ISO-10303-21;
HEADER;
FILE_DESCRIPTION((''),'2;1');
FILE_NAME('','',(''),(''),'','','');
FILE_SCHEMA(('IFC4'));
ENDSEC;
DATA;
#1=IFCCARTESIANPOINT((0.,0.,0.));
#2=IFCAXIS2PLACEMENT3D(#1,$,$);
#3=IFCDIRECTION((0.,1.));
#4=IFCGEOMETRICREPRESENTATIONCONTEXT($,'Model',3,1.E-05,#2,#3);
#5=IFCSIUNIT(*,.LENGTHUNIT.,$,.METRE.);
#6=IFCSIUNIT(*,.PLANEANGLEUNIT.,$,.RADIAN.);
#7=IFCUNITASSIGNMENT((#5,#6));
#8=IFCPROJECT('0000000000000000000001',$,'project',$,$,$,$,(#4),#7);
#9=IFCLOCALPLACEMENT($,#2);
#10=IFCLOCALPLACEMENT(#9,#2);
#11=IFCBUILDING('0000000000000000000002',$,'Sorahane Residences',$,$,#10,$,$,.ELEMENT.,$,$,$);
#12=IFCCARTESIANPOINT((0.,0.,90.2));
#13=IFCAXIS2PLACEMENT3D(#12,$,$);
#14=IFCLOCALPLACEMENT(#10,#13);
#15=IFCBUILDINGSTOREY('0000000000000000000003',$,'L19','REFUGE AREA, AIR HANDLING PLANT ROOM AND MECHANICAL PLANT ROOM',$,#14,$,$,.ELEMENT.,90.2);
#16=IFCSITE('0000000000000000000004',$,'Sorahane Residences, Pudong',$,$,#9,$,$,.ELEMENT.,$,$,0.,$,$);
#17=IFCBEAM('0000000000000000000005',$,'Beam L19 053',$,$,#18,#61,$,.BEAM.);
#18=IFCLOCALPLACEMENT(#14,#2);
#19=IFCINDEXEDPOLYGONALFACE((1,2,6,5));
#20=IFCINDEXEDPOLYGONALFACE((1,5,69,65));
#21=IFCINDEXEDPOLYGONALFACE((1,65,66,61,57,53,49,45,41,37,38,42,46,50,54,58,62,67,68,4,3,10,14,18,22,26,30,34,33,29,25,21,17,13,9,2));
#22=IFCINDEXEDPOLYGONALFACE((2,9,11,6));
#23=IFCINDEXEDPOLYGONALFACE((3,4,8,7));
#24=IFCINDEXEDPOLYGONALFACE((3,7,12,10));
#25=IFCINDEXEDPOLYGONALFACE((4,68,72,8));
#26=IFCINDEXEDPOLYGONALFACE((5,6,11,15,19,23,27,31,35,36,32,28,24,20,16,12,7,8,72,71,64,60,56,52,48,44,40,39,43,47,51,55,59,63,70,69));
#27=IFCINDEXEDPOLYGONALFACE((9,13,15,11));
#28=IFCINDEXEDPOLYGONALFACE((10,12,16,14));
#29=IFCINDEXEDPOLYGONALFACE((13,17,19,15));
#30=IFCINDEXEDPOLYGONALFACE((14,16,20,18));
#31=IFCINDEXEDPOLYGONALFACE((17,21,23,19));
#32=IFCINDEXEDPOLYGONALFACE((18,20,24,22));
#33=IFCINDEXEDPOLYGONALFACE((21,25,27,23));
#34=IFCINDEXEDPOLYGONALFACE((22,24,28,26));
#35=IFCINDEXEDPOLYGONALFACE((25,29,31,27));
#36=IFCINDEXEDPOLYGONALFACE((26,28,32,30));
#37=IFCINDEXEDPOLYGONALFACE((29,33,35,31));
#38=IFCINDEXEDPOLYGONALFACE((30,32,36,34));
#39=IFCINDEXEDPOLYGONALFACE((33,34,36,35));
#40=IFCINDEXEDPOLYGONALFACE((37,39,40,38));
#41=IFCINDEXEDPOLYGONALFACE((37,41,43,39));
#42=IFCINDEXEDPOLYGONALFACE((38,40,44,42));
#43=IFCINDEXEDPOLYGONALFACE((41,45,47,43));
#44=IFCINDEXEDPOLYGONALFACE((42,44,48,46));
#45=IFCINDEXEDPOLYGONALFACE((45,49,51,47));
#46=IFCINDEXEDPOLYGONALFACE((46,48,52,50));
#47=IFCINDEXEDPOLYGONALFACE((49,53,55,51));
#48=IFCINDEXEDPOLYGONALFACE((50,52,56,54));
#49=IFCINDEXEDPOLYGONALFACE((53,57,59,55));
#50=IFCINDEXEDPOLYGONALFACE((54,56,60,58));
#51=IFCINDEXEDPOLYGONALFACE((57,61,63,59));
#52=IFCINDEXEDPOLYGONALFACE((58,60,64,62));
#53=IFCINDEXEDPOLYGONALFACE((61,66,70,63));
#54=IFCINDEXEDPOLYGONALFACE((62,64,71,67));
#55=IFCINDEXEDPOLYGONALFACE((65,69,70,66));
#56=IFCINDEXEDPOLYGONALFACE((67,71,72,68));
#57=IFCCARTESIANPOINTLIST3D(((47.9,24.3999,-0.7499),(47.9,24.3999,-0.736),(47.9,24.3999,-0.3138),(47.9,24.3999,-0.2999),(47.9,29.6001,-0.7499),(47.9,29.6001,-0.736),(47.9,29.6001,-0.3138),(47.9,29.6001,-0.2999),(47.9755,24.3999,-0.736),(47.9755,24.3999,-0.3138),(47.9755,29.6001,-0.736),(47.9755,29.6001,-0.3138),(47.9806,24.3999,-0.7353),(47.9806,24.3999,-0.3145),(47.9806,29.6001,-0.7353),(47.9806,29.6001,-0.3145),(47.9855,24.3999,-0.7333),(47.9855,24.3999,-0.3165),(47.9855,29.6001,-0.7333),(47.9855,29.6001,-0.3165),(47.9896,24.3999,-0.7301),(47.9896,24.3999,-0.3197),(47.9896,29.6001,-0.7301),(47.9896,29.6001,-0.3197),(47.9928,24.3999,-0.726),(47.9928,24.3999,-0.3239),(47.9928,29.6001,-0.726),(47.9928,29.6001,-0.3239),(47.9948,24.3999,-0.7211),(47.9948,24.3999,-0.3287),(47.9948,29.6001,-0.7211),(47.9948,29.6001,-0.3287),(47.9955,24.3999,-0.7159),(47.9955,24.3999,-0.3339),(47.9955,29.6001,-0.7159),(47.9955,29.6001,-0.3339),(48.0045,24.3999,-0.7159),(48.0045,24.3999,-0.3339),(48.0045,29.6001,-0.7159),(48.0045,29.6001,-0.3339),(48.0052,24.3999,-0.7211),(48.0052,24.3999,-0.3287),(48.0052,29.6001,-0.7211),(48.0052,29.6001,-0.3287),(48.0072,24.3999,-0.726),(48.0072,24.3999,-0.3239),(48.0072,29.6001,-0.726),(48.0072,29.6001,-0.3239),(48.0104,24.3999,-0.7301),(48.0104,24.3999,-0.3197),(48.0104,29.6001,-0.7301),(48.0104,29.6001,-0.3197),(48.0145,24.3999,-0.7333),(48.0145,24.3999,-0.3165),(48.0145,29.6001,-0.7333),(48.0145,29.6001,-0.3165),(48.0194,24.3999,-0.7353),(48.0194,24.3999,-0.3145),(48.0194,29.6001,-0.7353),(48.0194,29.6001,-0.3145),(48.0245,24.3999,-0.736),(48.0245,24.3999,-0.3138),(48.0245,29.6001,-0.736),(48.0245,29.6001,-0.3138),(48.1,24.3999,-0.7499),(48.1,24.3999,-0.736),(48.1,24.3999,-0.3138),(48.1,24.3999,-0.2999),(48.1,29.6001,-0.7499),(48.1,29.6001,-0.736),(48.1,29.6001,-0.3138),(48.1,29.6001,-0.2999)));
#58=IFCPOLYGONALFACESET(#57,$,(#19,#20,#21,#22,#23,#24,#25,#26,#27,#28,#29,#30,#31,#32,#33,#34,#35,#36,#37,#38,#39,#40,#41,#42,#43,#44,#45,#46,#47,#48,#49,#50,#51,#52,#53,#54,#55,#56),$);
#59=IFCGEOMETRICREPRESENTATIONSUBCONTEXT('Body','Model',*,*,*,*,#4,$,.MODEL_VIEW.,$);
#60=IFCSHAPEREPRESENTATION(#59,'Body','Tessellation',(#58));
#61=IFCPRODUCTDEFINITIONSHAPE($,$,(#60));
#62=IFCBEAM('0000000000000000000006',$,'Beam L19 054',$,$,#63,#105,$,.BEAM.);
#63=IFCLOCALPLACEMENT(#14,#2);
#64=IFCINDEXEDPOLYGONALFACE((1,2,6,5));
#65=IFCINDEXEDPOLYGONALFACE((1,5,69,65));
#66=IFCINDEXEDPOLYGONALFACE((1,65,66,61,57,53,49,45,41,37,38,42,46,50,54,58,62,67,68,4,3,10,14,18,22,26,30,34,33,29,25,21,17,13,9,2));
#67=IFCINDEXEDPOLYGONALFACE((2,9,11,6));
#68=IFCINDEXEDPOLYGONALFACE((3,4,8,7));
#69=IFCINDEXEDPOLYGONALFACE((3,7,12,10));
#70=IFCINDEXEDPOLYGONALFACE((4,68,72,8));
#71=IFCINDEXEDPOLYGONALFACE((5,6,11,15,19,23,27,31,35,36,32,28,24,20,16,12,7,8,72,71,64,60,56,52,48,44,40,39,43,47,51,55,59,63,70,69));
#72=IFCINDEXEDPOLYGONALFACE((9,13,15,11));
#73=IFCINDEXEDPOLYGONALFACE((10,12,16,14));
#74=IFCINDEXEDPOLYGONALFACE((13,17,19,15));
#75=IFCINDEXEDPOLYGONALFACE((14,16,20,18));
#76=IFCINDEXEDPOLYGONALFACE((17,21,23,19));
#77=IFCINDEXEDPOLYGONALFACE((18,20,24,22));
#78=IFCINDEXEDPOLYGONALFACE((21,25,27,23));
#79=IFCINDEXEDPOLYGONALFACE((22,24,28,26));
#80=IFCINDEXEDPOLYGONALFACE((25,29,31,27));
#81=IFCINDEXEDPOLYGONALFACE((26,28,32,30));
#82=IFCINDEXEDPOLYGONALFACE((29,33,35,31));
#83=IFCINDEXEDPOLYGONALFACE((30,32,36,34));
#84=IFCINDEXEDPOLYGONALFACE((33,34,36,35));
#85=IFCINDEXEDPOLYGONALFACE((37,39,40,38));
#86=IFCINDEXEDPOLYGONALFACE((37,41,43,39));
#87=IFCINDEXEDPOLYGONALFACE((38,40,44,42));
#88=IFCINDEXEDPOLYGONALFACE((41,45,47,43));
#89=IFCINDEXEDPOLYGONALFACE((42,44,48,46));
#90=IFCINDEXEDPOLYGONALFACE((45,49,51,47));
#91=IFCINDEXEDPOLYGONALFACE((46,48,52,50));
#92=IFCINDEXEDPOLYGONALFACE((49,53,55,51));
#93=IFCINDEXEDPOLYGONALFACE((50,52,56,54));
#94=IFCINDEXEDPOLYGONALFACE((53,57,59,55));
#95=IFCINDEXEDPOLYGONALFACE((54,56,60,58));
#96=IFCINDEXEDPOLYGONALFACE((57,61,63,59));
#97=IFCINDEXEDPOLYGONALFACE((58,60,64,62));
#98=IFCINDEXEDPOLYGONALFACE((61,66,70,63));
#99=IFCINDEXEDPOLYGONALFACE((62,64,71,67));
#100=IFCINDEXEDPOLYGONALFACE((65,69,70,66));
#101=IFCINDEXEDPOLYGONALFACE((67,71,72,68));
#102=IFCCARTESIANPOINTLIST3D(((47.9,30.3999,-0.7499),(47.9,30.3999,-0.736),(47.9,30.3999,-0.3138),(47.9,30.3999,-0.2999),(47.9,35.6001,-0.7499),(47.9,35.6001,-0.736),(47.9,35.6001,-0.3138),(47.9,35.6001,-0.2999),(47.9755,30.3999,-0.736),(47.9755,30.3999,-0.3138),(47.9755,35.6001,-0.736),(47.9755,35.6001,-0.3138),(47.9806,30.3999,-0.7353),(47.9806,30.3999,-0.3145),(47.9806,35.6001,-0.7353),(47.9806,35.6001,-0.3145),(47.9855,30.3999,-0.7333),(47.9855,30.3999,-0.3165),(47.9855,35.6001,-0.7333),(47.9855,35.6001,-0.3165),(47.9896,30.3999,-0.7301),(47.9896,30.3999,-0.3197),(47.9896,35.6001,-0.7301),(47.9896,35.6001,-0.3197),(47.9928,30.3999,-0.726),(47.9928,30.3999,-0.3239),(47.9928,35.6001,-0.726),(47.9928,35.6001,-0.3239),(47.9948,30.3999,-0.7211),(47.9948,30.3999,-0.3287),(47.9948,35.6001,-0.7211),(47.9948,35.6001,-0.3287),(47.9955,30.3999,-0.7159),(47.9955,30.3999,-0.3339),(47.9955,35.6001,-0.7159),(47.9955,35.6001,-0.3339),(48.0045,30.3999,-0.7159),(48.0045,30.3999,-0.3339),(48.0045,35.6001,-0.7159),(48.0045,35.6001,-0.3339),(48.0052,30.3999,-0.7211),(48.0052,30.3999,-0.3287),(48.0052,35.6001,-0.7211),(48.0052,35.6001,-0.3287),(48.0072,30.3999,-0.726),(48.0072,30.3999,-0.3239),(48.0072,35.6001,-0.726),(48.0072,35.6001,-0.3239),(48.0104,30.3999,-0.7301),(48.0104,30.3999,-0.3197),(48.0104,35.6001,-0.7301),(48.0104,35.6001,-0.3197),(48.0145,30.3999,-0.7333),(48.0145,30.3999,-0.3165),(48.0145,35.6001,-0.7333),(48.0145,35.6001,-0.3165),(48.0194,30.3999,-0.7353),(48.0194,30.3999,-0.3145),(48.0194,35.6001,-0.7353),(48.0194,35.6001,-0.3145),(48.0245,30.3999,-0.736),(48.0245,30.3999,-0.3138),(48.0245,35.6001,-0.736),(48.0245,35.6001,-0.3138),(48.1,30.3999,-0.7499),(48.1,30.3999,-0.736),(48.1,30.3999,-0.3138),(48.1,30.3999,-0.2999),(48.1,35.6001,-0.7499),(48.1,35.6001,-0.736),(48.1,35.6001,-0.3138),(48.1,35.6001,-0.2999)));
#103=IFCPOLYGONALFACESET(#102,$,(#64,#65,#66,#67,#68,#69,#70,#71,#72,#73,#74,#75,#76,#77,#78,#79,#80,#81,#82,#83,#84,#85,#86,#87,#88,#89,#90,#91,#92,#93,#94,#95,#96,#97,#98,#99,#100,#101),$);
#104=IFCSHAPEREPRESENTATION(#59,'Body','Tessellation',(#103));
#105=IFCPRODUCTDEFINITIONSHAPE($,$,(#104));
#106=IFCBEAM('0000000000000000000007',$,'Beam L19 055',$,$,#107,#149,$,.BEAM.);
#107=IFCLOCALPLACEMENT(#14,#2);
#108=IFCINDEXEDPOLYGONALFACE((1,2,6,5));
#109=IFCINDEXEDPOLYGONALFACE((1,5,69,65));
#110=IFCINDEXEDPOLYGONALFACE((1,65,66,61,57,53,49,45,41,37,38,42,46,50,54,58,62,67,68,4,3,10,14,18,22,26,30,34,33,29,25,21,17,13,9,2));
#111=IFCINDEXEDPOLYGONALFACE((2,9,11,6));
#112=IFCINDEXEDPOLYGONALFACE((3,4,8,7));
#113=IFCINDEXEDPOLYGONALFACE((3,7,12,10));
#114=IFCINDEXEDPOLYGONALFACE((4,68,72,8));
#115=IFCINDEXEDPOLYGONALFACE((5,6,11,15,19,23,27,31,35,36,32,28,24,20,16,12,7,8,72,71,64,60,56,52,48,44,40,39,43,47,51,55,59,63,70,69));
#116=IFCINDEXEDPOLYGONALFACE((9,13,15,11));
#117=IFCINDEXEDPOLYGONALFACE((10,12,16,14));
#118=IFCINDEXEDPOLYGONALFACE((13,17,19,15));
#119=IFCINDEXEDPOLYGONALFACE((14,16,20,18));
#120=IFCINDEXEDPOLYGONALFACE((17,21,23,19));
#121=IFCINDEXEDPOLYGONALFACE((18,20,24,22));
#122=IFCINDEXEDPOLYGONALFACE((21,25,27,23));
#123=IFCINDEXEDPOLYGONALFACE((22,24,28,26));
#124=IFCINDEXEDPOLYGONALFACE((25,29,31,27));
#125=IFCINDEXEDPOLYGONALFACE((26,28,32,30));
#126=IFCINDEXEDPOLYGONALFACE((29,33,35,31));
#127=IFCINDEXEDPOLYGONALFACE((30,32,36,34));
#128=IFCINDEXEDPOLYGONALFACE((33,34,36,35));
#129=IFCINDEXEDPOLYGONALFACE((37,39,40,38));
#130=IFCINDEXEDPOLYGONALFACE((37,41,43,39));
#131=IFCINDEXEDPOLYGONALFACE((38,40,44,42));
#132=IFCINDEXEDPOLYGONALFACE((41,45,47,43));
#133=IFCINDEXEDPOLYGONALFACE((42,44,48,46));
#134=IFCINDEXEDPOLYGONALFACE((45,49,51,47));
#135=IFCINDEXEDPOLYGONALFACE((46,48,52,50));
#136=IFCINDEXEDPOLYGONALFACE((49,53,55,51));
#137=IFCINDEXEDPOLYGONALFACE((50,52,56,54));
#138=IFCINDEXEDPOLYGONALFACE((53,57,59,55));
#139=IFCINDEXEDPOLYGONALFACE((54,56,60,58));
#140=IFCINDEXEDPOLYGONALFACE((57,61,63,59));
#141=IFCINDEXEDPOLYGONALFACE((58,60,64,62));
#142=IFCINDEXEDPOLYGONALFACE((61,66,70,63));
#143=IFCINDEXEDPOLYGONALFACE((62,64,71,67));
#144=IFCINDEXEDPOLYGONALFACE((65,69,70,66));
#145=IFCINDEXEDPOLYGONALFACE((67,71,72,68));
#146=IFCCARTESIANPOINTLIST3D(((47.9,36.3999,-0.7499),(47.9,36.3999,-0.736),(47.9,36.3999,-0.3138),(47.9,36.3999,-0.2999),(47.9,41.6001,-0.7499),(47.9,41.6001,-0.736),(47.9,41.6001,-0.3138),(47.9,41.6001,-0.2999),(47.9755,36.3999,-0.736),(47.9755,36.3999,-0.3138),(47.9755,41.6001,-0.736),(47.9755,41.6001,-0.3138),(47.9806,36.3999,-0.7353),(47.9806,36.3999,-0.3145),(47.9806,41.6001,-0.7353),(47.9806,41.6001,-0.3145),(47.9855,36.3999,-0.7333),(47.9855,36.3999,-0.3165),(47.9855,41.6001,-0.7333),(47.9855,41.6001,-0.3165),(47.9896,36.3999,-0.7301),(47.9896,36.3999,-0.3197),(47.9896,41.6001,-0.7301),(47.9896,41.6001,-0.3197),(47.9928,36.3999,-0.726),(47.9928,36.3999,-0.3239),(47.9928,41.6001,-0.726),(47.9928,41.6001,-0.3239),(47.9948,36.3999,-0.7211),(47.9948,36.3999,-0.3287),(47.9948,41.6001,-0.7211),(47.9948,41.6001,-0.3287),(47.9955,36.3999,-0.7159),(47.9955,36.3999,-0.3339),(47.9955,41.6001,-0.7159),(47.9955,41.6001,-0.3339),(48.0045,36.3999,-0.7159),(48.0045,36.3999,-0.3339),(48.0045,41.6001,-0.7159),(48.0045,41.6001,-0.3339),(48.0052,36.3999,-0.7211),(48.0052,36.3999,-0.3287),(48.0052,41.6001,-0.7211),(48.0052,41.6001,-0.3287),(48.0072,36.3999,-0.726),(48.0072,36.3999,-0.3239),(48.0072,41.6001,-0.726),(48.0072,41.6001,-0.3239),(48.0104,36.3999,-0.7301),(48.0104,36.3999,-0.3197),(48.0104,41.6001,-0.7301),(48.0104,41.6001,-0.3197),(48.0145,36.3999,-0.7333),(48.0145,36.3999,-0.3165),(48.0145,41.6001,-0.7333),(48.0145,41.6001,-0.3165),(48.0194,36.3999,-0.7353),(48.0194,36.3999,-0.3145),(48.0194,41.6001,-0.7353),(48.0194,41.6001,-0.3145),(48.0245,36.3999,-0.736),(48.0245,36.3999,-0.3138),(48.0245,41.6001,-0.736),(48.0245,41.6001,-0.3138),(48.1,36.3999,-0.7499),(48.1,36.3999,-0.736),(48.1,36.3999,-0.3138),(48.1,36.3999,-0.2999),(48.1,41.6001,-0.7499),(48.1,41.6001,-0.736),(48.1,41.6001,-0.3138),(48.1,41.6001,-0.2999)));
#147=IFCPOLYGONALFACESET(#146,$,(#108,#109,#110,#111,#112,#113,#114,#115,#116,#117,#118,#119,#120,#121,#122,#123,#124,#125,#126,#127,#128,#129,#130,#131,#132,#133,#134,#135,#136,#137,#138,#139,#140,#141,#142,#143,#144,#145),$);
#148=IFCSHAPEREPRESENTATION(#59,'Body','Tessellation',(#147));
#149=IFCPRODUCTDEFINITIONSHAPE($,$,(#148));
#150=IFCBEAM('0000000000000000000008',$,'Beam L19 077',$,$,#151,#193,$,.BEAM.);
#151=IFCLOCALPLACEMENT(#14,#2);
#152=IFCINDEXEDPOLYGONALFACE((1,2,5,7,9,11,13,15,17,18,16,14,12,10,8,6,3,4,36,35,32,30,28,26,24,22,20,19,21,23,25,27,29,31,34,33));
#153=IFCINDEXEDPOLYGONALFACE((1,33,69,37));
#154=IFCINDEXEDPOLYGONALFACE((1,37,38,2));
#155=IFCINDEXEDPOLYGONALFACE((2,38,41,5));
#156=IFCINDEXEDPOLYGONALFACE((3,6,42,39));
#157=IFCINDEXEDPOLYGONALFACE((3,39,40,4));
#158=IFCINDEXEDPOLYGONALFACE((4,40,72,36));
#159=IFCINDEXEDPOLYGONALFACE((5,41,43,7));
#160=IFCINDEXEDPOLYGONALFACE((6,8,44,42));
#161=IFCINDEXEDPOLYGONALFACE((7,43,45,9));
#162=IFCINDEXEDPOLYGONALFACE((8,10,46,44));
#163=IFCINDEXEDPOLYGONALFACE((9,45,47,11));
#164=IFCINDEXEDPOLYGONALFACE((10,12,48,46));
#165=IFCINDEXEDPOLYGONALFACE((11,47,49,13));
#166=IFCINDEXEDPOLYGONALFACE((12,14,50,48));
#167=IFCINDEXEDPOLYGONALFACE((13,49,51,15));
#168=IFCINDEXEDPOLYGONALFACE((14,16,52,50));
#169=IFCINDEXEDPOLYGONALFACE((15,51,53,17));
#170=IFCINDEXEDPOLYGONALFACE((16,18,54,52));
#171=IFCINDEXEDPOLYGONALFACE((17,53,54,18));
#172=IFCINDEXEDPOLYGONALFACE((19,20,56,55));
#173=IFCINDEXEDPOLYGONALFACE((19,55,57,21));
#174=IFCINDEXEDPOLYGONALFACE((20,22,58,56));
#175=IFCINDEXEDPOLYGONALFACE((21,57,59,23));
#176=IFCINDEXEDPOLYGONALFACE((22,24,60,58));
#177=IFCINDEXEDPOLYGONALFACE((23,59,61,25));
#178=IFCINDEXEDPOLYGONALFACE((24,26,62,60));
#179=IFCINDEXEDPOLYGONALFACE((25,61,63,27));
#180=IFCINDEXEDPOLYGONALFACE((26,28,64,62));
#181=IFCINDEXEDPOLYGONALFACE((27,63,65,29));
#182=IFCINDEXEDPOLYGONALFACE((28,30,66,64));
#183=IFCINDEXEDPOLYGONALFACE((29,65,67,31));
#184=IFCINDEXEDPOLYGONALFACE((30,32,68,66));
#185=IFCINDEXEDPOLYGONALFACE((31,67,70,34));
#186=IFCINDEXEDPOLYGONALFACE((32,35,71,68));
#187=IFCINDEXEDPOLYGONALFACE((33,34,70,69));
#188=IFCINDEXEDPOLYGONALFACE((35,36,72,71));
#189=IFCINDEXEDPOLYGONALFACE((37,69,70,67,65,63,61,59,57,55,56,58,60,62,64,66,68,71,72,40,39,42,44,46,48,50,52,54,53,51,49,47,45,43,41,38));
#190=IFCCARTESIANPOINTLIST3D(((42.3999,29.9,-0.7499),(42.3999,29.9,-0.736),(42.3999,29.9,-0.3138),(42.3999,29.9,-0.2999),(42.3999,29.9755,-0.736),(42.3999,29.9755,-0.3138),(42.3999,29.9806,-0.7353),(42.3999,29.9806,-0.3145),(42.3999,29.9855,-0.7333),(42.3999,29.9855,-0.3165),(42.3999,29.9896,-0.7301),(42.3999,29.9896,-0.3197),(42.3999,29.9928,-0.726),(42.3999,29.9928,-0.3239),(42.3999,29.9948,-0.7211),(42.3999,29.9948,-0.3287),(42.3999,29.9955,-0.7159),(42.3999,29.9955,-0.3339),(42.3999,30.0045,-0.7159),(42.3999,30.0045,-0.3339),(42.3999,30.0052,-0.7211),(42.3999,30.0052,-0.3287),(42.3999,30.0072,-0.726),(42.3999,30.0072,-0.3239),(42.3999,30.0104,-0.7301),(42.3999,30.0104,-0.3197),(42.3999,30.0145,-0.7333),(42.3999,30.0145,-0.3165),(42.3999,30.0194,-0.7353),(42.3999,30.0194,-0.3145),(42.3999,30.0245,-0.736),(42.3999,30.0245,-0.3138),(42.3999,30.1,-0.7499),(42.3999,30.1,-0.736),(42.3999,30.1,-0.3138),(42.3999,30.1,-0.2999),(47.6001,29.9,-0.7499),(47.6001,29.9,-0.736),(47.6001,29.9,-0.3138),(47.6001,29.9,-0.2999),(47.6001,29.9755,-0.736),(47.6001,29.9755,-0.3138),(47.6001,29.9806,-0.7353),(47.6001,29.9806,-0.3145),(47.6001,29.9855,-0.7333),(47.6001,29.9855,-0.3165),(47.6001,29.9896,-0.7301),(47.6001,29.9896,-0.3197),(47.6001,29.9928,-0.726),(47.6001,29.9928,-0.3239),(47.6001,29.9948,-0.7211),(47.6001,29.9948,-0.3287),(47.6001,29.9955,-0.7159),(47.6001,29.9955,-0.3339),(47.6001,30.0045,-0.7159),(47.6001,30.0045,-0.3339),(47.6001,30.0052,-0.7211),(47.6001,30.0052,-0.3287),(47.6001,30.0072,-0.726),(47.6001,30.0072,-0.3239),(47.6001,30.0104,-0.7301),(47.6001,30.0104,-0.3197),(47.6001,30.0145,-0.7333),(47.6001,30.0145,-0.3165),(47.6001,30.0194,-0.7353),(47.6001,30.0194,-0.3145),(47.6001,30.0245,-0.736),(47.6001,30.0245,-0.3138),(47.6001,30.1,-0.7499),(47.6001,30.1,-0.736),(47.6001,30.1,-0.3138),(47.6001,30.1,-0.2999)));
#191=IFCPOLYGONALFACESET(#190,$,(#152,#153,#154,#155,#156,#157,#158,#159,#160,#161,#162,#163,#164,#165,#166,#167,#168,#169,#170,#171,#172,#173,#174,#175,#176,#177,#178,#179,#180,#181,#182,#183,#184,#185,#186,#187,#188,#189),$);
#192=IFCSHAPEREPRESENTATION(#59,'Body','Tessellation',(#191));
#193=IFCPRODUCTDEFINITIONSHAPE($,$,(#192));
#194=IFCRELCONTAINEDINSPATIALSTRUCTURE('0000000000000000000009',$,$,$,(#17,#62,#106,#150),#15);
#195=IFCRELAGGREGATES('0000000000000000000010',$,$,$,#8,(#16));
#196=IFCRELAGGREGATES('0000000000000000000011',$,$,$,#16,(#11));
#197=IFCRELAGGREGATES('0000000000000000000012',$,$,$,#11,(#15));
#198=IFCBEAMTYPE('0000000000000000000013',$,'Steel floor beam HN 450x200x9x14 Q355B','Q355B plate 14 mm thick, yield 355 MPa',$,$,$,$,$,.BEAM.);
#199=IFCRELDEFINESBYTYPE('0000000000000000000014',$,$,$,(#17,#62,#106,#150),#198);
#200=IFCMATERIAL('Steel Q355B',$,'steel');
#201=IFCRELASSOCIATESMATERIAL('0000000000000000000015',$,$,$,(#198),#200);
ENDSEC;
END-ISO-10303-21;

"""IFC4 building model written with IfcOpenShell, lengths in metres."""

from ifc_helpers import new_model, si_unit, direction, frame, origin, origin_2d, place, context, subcontext, project, spatial, i_section, extrude, material, material_profile, profile_set, type_object, element, save


model = new_model("IFC4")

# Units and contexts
model_context = context("Model", 3, precision=1e-05, world=origin(), true_north=direction((0.0, 1.0)))
body_context = subcontext(model_context, "Body", "Model", "MODEL_VIEW")
ifc_project = project(units=[si_unit("LENGTHUNIT", "METRE"), si_unit("PLANEANGLEUNIT", "RADIAN")], contexts=[model_context])

# Site, building, storey
site_placement = place(None, origin())
site = spatial("IfcSite", under=ifc_project, at=site_placement, Name="Sorahane Residences, Pudong", CompositionType="ELEMENT", RefElevation=0.0)
building_placement = place(site_placement, origin())
building = spatial("IfcBuilding", under=site, at=building_placement, Name="Sorahane Residences", CompositionType="ELEMENT")
storey_placement = place(building_placement, frame((0.0, 0.0, 90.2)))
storey = spatial("IfcBuildingStorey", under=building, at=storey_placement, Name="L19", Description="REFUGE AREA, AIR HANDLING PLANT ROOM AND MECHANICAL PLANT ROOM", CompositionType="ELEMENT", Elevation=90.2)

# Beams
ifc_material_1 = material(Name="Steel Q355B", Category="steel")
ifc_material_profile_1 = material_profile(ifc_material_1, i_section(OverallWidth=0.2, OverallDepth=0.45, WebThickness=0.009, FlangeThickness=0.0139, FilletRadius=0.02, at=origin_2d()), Name="HN 450x200x9x14")
ifc_profile_set_1 = profile_set([ifc_material_profile_1], Name="Steel Q355B")
beam_type_1 = type_object("IfcBeamType", Name="Steel floor beam HN 450x200x9x14 Q355B", Description="Q355B plate 14 mm thick, yield 355 MPa", PredefinedType="BEAM", material=ifc_profile_set_1)
for number, where, z_axis, x_axis, name in (
    (1, (48.0, 24.3999, -0.5249), (0.0, 1.0, 0.0), (-1.0, 0.0, 0.0), "Beam L19 053"),
    (2, (48.0, 30.3999, -0.5249), (0.0, 1.0, 0.0), (-1.0, 0.0, 0.0), "Beam L19 054"),
    (3, (48.0, 36.3999, -0.5249), (0.0, 1.0, 0.0), (-1.0, 0.0, 0.0), "Beam L19 055"),
    (4, (42.3999, 30.0, -0.5249), (1.0, 0.0, 0.0), (0.0, 1.0, 0.0), "Beam L19 077"),
):
    element("IfcBeam", number, at=place(storey_placement, frame(where, z_axis=z_axis, x_axis=x_axis)), inside=storey, type_object=beam_type_1, Name=name, PredefinedType="BEAM", context=body_context, shape_type="SweptSolid", body=[
        extrude(i_section(OverallWidth=0.2, OverallDepth=0.45, WebThickness=0.009, FlangeThickness=0.0139, FilletRadius=0.02, at=origin_2d()), origin(), (0.0, 0.0, 1.0), 5.2002),
    ])

save(model, "model.ifc")
